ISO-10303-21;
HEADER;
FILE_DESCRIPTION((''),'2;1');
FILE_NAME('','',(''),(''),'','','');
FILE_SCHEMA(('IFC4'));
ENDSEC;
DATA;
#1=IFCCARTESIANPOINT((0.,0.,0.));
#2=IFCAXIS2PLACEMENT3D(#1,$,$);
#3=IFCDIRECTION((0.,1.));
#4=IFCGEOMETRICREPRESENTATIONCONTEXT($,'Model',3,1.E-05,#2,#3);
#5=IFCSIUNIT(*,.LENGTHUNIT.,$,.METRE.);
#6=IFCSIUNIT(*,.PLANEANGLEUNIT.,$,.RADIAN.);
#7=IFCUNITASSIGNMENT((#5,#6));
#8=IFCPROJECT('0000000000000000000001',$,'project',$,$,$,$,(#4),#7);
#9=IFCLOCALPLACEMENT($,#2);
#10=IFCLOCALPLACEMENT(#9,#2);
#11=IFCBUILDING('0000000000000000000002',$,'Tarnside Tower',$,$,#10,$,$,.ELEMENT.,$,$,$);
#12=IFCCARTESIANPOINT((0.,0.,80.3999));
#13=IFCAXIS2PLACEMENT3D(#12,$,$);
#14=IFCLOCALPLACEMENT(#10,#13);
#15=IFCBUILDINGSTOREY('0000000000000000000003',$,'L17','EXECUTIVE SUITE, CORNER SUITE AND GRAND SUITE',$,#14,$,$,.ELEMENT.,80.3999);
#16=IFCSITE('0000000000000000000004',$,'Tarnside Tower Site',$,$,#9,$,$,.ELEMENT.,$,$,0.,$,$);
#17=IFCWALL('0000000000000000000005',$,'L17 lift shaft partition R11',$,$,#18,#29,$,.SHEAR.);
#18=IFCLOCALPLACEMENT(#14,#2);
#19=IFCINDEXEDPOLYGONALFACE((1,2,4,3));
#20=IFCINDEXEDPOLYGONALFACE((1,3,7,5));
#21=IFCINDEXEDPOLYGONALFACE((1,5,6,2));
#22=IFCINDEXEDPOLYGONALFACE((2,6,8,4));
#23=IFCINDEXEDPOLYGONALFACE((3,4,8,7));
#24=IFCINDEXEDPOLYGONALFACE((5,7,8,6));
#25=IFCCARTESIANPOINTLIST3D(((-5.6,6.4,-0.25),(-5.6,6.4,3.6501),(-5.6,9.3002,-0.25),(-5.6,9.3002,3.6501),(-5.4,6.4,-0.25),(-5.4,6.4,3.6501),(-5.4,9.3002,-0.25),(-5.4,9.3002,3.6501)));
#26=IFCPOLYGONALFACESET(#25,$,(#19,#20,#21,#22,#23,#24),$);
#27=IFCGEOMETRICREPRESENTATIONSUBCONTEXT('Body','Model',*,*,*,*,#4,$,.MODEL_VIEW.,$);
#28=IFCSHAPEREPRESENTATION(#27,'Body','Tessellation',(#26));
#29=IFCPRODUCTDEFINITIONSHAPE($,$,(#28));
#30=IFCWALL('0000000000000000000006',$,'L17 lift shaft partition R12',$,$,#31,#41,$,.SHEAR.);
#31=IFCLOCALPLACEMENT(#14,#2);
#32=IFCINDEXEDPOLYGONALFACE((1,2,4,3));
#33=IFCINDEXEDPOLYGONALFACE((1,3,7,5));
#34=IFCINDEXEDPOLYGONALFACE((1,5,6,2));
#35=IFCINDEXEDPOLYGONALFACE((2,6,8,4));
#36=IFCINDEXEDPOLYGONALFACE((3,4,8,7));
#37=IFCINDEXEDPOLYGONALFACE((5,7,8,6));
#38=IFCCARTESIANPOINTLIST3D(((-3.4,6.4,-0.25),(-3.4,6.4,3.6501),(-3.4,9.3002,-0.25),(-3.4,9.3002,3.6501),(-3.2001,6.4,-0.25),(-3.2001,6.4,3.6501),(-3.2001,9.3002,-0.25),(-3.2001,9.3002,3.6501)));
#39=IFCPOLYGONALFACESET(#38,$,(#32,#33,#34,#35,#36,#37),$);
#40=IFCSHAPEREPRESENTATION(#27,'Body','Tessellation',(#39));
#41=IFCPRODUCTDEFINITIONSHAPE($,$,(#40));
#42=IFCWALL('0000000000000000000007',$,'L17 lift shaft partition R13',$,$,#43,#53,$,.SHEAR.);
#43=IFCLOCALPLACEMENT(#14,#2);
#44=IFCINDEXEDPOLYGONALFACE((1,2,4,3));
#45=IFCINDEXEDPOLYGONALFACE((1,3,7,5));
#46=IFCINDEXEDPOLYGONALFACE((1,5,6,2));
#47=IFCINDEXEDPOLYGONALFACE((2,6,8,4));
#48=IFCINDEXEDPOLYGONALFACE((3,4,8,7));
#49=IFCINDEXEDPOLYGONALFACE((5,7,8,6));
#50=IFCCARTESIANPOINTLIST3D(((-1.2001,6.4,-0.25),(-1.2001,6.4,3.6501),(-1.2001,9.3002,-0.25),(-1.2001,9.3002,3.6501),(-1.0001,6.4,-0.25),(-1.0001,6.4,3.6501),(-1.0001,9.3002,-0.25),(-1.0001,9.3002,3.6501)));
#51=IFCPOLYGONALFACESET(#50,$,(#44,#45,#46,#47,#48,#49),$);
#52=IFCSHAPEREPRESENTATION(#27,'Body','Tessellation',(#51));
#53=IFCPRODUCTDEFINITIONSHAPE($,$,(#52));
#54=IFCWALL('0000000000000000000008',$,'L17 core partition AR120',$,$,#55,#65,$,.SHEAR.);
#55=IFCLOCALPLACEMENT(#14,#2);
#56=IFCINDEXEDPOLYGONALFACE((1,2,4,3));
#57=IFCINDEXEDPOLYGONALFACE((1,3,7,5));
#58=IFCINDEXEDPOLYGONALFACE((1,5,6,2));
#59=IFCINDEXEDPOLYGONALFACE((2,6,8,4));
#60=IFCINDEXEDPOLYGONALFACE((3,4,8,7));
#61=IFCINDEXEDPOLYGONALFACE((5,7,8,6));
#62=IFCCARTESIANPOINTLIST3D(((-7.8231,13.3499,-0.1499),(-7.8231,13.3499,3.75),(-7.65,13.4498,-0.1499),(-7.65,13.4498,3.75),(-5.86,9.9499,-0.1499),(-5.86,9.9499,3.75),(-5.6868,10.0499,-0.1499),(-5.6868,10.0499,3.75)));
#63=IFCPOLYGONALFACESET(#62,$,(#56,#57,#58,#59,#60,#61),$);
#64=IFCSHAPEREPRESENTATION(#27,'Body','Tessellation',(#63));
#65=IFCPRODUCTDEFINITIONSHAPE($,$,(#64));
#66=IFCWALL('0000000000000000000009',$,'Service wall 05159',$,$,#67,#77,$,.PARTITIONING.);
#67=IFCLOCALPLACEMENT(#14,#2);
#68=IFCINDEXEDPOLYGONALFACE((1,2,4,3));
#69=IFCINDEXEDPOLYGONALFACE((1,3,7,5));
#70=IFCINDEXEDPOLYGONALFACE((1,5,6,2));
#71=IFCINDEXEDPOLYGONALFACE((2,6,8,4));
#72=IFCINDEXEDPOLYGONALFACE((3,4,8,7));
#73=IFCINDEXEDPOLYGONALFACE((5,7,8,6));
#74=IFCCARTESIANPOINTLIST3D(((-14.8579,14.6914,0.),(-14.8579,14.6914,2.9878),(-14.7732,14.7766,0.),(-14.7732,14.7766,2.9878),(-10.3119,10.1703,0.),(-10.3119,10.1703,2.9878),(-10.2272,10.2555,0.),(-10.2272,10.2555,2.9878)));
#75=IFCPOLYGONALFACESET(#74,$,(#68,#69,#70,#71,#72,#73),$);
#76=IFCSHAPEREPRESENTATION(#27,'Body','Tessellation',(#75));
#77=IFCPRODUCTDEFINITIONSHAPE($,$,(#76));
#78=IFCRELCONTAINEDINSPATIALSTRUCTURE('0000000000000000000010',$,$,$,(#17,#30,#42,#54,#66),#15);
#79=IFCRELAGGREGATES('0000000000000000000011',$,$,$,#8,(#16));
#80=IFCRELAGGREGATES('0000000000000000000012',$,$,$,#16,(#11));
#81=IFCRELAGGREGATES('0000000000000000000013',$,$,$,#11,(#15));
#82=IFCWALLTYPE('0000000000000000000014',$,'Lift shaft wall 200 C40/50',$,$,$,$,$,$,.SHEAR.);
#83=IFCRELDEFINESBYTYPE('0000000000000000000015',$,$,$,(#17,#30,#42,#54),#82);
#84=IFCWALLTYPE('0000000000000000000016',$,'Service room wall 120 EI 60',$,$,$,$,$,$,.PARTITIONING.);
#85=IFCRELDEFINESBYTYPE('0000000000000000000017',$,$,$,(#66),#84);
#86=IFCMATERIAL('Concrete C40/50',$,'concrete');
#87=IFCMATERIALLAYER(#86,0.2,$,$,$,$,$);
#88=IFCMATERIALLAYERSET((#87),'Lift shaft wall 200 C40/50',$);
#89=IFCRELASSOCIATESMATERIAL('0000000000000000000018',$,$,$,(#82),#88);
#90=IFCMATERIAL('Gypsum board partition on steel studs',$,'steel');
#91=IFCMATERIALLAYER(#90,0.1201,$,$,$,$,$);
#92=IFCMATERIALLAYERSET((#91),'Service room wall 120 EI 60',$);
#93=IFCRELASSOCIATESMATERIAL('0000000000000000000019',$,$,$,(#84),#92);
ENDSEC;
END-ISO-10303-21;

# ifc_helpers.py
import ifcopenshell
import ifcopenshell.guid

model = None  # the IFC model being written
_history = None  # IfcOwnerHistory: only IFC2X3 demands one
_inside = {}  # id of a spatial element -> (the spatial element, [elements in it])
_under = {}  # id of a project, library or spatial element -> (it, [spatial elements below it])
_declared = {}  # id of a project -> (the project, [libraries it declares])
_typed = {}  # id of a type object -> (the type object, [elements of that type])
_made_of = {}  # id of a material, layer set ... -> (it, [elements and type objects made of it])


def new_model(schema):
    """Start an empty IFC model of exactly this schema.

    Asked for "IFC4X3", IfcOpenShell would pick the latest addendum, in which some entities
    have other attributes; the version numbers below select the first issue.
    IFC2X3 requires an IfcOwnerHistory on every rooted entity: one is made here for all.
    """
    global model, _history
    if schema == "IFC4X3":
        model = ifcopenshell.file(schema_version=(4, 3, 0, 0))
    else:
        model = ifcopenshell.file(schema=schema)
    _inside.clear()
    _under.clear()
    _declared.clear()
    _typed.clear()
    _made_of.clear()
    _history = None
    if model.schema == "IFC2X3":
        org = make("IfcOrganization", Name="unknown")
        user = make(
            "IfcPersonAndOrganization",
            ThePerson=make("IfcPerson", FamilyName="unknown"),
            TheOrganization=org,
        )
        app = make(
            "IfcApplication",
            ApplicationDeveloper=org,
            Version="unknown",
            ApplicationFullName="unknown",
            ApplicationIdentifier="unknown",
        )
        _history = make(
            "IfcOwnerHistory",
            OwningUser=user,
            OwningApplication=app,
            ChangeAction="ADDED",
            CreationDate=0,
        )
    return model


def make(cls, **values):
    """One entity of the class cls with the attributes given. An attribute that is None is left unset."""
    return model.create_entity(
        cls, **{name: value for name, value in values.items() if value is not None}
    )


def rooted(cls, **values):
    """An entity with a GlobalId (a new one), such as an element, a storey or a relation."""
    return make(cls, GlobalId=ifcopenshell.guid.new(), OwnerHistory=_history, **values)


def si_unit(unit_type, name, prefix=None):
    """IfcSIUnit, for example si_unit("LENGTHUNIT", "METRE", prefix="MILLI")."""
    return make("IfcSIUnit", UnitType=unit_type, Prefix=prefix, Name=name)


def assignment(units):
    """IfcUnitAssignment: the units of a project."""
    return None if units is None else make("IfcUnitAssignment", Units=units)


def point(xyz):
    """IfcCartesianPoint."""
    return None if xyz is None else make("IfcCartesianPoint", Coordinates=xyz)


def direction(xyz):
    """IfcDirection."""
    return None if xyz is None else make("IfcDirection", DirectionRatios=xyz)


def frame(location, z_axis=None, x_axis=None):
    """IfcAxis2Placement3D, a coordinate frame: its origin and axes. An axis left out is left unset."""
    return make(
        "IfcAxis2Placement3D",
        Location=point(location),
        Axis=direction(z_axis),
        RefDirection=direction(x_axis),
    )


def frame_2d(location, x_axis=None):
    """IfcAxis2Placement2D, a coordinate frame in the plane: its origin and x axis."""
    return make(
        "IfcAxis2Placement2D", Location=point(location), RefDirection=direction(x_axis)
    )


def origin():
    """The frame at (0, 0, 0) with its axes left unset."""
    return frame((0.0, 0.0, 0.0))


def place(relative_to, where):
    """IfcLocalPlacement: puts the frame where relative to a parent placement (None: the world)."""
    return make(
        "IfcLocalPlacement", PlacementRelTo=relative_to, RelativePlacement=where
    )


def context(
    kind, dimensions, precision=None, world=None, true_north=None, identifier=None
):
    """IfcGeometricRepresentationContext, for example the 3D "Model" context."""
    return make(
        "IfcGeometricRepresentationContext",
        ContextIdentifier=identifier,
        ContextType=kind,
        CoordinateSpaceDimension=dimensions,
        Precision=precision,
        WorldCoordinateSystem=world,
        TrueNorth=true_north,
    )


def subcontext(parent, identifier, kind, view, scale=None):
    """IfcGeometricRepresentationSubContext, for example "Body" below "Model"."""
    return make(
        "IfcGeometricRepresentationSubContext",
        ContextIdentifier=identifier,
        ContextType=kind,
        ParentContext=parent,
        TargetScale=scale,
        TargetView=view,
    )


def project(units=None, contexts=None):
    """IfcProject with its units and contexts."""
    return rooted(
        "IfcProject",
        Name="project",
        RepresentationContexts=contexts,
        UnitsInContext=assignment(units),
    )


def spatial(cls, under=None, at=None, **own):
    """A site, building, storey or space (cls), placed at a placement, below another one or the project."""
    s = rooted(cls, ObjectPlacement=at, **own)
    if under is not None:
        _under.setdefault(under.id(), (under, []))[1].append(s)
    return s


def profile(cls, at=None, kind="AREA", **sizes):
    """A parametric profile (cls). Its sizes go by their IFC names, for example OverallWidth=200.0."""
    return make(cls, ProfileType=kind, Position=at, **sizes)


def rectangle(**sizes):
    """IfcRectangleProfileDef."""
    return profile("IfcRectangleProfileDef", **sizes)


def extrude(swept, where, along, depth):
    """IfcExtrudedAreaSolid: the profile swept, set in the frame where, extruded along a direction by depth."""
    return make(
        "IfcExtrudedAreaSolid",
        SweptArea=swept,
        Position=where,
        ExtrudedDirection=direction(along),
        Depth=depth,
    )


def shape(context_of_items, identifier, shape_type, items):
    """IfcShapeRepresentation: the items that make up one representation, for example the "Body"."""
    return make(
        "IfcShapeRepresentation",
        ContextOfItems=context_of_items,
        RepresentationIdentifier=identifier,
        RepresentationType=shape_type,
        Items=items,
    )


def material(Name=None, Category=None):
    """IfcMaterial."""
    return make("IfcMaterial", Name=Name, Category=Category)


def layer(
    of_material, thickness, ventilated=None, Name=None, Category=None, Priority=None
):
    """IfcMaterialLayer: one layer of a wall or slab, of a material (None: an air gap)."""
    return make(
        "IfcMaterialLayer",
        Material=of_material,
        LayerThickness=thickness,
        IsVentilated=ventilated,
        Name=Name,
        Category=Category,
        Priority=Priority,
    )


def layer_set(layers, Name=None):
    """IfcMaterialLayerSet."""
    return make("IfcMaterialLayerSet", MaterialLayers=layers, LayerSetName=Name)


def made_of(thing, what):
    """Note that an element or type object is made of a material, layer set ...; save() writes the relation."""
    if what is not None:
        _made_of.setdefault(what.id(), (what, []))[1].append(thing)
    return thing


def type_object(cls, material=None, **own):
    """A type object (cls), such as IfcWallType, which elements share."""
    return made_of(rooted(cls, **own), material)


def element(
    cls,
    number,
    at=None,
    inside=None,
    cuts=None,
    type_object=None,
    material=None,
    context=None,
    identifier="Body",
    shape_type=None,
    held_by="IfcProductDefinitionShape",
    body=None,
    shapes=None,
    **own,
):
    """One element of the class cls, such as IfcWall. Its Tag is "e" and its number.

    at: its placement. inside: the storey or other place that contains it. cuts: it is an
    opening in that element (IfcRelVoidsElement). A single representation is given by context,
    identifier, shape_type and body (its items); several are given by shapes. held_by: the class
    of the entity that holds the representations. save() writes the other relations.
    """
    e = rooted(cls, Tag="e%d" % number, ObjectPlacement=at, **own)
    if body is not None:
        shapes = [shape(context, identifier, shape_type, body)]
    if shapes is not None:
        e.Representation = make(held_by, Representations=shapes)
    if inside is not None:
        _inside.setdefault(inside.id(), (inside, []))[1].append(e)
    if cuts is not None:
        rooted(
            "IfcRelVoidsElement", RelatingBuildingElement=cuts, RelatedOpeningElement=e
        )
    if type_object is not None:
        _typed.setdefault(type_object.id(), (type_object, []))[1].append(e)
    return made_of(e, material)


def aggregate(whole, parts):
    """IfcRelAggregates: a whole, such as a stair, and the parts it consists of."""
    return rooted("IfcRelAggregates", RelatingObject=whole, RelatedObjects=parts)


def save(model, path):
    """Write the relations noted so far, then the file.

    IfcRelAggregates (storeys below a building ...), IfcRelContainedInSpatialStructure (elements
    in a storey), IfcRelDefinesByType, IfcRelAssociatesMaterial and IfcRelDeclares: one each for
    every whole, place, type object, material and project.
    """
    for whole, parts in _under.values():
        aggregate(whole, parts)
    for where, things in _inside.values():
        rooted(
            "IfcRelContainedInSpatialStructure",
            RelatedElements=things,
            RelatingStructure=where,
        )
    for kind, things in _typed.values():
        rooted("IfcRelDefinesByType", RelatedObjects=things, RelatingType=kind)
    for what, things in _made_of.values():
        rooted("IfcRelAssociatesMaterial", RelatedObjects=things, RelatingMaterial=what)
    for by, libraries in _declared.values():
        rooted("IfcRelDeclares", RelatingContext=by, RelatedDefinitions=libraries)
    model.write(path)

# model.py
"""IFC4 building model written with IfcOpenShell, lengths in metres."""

from ifc_helpers import new_model, si_unit, direction, frame, frame_2d, origin, place, context, subcontext, project, spatial, rectangle, extrude, material, layer, layer_set, type_object, element, save


model = new_model("IFC4")

# Units and contexts
model_context = context("Model", 3, precision=1e-05, world=origin(), true_north=direction((0.0, 1.0)))
body_context = subcontext(model_context, "Body", "Model", "MODEL_VIEW")
ifc_project = project(units=[si_unit("LENGTHUNIT", "METRE"), si_unit("PLANEANGLEUNIT", "RADIAN")], contexts=[model_context])

# Site, building, storey
site_placement = place(None, origin())
site = spatial("IfcSite", under=ifc_project, at=site_placement, Name="Tarnside Tower Site", CompositionType="ELEMENT", RefElevation=0.0)
building_placement = place(site_placement, origin())
building = spatial("IfcBuilding", under=site, at=building_placement, Name="Tarnside Tower", CompositionType="ELEMENT")
storey_placement = place(building_placement, frame((0.0, 0.0, 80.3999)))
storey = spatial("IfcBuildingStorey", under=building, at=storey_placement, Name="L17", Description="EXECUTIVE SUITE, CORNER SUITE AND GRAND SUITE", CompositionType="ELEMENT", Elevation=80.3999)

# Shared definitions
ifc_material_1 = material(Name="Gypsum board partition on steel studs", Category="steel")

# Walls
ifc_material_2 = material(Name="Concrete C40/50", Category="concrete")
ifc_layer_1 = layer(ifc_material_2, 0.2)
ifc_layer_set_1 = layer_set([ifc_layer_1], Name="Lift shaft wall 200 C40/50")
wall_type_1 = type_object("IfcWallType", Name="Lift shaft wall 200 C40/50", PredefinedType="SHEAR", material=ifc_layer_set_1)
for number, where, z_axis, x_axis, name in (
    (1, (-5.5, 6.3999, -0.25), (0.0, 0.0, 1.0), (0.0, 1.0, 0.0), "L17 lift shaft partition R11"),
    (2, (-3.3, 6.3999, -0.25), (0.0, 0.0, 1.0), (0.0, 1.0, 0.0), "L17 lift shaft partition R12"),
    (3, (-1.1001, 6.3999, -0.25), (0.0, 0.0, 1.0), (0.0, 1.0, 0.0), "L17 lift shaft partition R13"),
):
    element("IfcWall", number, at=place(storey_placement, frame(where, z_axis=z_axis, x_axis=x_axis)), inside=storey, type_object=wall_type_1, Name=name, PredefinedType="SHEAR", context=body_context, shape_type="SweptSolid", body=[
        extrude(rectangle(XDim=2.9001, YDim=0.2, at=frame_2d((1.4502, 0.0))), origin(), (0.0, 0.0, 1.0), 3.9001),
    ])
wall_1_placement = place(storey_placement, frame((-5.7734, 10.0, -0.1499), z_axis=(0.0, 0.0, 1.0), x_axis=(-0.500038, 0.866003, 0.0)))
element("IfcWall", 4, at=wall_1_placement, inside=storey, type_object=wall_type_1, Name="L17 core partition AR120", PredefinedType="SHEAR", context=body_context, shape_type="SweptSolid", body=[
    extrude(rectangle(XDim=3.926, YDim=0.2, at=frame_2d((1.9629, 0.0))), origin(), (0.0, 0.0, 1.0), 3.8999),
])
ifc_layer_2 = layer(ifc_material_1, 0.1201)
ifc_layer_set_2 = layer_set([ifc_layer_2], Name="Service room wall 120 EI 60")
wall_type_2 = type_object("IfcWallType", Name="Service room wall 120 EI 60", PredefinedType="PARTITIONING", material=ifc_layer_set_2)
wall_2_placement = place(storey_placement, frame((-14.8154, 14.7339, 0.0), z_axis=(0.0, 0.0, 1.0), x_axis=(0.709046, -0.705162, 0.0)))
element("IfcWall", 5, at=wall_2_placement, inside=storey, type_object=wall_type_2, Name="Service wall 05159", PredefinedType="PARTITIONING", context=body_context, shape_type="SweptSolid", body=[
    extrude(rectangle(XDim=6.4114, YDim=0.1201, at=frame_2d((3.2056, 0.0))), origin(), (0.0, 0.0, 1.0), 2.9878),
])

save(model, "model.ifc")
